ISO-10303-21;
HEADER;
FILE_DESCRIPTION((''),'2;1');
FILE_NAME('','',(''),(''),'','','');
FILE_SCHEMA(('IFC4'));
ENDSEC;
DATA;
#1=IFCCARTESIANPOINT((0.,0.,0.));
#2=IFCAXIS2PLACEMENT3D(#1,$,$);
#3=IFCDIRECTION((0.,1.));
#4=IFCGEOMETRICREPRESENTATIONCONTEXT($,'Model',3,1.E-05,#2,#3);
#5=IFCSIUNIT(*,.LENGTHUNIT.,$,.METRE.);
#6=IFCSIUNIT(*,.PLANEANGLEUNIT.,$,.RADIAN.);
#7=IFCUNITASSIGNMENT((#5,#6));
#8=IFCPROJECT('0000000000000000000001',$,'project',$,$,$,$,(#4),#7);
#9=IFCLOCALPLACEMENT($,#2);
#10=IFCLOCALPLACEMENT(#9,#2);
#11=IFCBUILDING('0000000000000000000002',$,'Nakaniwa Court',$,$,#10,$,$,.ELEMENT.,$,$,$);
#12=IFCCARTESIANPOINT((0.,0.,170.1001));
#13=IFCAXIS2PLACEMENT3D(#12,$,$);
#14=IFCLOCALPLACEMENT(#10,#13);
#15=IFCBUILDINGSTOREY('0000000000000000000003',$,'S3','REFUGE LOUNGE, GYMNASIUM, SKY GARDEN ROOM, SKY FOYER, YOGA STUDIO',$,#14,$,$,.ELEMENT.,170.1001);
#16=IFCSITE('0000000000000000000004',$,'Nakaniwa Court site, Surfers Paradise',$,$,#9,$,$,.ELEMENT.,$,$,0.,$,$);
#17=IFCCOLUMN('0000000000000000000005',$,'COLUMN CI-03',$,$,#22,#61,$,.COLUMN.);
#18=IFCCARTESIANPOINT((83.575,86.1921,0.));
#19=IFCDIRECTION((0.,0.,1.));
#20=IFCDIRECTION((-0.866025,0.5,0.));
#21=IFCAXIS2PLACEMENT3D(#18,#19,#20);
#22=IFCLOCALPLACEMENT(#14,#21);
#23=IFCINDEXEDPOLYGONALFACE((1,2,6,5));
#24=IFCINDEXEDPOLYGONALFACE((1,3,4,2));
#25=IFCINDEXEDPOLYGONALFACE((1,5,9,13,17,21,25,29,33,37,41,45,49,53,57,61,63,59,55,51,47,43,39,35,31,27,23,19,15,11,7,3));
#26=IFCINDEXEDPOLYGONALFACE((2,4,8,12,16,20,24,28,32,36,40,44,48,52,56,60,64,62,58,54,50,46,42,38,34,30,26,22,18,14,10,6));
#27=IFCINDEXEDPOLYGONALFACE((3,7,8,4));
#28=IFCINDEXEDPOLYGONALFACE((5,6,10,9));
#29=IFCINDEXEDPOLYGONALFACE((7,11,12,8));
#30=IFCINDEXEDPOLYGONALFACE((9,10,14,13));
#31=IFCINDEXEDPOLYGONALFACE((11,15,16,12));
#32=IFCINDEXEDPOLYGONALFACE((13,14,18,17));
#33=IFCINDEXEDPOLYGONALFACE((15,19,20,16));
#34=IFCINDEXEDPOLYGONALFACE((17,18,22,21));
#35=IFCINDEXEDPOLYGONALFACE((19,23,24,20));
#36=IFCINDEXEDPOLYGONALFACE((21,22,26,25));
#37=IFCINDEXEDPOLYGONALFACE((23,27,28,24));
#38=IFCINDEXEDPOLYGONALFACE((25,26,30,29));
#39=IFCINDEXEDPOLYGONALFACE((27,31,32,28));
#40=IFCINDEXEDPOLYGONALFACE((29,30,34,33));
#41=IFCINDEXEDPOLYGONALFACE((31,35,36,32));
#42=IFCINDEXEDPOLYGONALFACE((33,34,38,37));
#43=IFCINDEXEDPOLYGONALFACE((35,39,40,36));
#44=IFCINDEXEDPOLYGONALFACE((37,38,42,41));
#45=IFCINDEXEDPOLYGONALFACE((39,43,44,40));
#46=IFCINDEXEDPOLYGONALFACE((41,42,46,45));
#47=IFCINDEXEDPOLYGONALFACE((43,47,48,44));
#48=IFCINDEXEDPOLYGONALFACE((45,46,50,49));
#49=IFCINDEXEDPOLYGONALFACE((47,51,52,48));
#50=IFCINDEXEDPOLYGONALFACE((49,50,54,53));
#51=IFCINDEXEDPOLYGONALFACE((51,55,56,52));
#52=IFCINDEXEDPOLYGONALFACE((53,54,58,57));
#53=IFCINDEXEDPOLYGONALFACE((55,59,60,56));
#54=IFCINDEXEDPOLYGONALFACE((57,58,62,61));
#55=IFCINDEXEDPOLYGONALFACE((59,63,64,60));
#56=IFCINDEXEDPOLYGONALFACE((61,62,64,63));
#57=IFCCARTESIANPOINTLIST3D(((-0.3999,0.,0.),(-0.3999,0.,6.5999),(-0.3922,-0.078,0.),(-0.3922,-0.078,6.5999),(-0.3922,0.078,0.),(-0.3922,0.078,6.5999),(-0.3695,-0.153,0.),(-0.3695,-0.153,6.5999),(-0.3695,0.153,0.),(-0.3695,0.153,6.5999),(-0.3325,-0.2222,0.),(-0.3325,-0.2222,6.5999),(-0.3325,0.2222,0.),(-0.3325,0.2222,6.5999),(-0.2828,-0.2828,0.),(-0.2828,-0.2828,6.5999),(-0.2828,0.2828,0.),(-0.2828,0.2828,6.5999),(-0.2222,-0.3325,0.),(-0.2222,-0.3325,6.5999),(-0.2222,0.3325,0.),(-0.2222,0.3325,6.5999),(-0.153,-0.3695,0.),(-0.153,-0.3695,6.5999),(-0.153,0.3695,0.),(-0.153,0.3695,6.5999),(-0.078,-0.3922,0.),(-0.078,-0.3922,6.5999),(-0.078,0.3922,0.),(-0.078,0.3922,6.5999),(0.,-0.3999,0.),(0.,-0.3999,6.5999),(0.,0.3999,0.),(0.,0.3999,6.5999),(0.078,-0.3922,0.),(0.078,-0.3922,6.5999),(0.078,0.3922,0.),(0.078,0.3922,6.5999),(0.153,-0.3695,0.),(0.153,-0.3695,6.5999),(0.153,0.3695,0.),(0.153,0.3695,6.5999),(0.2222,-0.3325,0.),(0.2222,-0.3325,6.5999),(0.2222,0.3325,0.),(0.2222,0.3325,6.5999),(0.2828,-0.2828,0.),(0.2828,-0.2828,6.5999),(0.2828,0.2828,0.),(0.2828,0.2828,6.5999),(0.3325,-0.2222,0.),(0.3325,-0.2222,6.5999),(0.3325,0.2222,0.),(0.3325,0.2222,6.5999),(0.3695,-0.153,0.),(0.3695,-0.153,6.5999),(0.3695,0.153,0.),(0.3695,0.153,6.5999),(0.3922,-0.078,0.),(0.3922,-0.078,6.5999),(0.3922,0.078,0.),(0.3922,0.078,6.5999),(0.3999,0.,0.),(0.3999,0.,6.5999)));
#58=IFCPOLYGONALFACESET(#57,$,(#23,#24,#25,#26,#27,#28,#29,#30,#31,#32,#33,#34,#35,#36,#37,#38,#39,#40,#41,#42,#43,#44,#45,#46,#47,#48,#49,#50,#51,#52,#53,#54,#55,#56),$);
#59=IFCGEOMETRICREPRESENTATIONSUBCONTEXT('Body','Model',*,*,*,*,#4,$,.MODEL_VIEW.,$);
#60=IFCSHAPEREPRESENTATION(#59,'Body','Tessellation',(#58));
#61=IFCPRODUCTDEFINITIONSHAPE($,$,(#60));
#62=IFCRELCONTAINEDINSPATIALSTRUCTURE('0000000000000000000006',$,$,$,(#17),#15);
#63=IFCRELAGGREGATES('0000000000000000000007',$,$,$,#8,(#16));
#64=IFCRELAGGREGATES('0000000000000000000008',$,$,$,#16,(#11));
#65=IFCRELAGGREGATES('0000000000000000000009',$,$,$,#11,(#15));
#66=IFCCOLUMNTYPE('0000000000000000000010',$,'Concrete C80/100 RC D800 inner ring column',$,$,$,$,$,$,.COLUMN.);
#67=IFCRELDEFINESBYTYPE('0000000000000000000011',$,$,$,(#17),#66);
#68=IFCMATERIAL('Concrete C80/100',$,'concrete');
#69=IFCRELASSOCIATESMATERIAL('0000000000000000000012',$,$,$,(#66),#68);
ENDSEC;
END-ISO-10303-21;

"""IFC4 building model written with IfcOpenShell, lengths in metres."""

from ifc_helpers import new_model, si_unit, direction, frame, origin, origin_2d, place, context, subcontext, project, spatial, circle, extrude, material, material_profile, profile_set, type_object, element, save


model = new_model("IFC4")

# Units and contexts
model_context = context("Model", 3, precision=1e-05, world=origin(), true_north=direction((0.0, 1.0)))
body_context = subcontext(model_context, "Body", "Model", "MODEL_VIEW")
ifc_project = project(units=[si_unit("LENGTHUNIT", "METRE"), si_unit("PLANEANGLEUNIT", "RADIAN")], contexts=[model_context])

# Site, building, storey
site_placement = place(None, origin())
site = spatial("IfcSite", under=ifc_project, at=site_placement, Name="Nakaniwa Court site, Surfers Paradise", CompositionType="ELEMENT", RefElevation=0.0)
building_placement = place(site_placement, origin())
building = spatial("IfcBuilding", under=site, at=building_placement, Name="Nakaniwa Court", CompositionType="ELEMENT")
storey_placement = place(building_placement, frame((0.0, 0.0, 170.1001)))
storey = spatial("IfcBuildingStorey", under=building, at=storey_placement, Name="S3", Description="REFUGE LOUNGE, GYMNASIUM, SKY GARDEN ROOM, SKY FOYER, YOGA STUDIO", CompositionType="ELEMENT", Elevation=170.1001)

# Column
ifc_material_1 = material(Name="Concrete C80/100", Category="concrete")
ifc_material_profile_1 = material_profile(ifc_material_1, circle(Radius=0.3999, at=origin_2d()), Name="Concrete C80/100 RC D800 inner ring column")
ifc_profile_set_1 = profile_set([ifc_material_profile_1], Name="Concrete C80/100")
column_type = type_object("IfcColumnType", Name="Concrete C80/100 RC D800 inner ring column", PredefinedType="COLUMN", material=ifc_profile_set_1)
column_placement = place(storey_placement, frame((83.575, 86.1921, 0.0), z_axis=(0.0, 0.0, 1.0), x_axis=(-0.866025, 0.5, 0.0)))
element("IfcColumn", 1, at=column_placement, inside=storey, type_object=column_type, Name="COLUMN CI-03", PredefinedType="COLUMN", context=body_context, shape_type="SweptSolid", body=[
    extrude(circle(Radius=0.3999, at=origin_2d()), origin(), (0.0, 0.0, 1.0), 6.5999),
])

save(model, "model.ifc")
